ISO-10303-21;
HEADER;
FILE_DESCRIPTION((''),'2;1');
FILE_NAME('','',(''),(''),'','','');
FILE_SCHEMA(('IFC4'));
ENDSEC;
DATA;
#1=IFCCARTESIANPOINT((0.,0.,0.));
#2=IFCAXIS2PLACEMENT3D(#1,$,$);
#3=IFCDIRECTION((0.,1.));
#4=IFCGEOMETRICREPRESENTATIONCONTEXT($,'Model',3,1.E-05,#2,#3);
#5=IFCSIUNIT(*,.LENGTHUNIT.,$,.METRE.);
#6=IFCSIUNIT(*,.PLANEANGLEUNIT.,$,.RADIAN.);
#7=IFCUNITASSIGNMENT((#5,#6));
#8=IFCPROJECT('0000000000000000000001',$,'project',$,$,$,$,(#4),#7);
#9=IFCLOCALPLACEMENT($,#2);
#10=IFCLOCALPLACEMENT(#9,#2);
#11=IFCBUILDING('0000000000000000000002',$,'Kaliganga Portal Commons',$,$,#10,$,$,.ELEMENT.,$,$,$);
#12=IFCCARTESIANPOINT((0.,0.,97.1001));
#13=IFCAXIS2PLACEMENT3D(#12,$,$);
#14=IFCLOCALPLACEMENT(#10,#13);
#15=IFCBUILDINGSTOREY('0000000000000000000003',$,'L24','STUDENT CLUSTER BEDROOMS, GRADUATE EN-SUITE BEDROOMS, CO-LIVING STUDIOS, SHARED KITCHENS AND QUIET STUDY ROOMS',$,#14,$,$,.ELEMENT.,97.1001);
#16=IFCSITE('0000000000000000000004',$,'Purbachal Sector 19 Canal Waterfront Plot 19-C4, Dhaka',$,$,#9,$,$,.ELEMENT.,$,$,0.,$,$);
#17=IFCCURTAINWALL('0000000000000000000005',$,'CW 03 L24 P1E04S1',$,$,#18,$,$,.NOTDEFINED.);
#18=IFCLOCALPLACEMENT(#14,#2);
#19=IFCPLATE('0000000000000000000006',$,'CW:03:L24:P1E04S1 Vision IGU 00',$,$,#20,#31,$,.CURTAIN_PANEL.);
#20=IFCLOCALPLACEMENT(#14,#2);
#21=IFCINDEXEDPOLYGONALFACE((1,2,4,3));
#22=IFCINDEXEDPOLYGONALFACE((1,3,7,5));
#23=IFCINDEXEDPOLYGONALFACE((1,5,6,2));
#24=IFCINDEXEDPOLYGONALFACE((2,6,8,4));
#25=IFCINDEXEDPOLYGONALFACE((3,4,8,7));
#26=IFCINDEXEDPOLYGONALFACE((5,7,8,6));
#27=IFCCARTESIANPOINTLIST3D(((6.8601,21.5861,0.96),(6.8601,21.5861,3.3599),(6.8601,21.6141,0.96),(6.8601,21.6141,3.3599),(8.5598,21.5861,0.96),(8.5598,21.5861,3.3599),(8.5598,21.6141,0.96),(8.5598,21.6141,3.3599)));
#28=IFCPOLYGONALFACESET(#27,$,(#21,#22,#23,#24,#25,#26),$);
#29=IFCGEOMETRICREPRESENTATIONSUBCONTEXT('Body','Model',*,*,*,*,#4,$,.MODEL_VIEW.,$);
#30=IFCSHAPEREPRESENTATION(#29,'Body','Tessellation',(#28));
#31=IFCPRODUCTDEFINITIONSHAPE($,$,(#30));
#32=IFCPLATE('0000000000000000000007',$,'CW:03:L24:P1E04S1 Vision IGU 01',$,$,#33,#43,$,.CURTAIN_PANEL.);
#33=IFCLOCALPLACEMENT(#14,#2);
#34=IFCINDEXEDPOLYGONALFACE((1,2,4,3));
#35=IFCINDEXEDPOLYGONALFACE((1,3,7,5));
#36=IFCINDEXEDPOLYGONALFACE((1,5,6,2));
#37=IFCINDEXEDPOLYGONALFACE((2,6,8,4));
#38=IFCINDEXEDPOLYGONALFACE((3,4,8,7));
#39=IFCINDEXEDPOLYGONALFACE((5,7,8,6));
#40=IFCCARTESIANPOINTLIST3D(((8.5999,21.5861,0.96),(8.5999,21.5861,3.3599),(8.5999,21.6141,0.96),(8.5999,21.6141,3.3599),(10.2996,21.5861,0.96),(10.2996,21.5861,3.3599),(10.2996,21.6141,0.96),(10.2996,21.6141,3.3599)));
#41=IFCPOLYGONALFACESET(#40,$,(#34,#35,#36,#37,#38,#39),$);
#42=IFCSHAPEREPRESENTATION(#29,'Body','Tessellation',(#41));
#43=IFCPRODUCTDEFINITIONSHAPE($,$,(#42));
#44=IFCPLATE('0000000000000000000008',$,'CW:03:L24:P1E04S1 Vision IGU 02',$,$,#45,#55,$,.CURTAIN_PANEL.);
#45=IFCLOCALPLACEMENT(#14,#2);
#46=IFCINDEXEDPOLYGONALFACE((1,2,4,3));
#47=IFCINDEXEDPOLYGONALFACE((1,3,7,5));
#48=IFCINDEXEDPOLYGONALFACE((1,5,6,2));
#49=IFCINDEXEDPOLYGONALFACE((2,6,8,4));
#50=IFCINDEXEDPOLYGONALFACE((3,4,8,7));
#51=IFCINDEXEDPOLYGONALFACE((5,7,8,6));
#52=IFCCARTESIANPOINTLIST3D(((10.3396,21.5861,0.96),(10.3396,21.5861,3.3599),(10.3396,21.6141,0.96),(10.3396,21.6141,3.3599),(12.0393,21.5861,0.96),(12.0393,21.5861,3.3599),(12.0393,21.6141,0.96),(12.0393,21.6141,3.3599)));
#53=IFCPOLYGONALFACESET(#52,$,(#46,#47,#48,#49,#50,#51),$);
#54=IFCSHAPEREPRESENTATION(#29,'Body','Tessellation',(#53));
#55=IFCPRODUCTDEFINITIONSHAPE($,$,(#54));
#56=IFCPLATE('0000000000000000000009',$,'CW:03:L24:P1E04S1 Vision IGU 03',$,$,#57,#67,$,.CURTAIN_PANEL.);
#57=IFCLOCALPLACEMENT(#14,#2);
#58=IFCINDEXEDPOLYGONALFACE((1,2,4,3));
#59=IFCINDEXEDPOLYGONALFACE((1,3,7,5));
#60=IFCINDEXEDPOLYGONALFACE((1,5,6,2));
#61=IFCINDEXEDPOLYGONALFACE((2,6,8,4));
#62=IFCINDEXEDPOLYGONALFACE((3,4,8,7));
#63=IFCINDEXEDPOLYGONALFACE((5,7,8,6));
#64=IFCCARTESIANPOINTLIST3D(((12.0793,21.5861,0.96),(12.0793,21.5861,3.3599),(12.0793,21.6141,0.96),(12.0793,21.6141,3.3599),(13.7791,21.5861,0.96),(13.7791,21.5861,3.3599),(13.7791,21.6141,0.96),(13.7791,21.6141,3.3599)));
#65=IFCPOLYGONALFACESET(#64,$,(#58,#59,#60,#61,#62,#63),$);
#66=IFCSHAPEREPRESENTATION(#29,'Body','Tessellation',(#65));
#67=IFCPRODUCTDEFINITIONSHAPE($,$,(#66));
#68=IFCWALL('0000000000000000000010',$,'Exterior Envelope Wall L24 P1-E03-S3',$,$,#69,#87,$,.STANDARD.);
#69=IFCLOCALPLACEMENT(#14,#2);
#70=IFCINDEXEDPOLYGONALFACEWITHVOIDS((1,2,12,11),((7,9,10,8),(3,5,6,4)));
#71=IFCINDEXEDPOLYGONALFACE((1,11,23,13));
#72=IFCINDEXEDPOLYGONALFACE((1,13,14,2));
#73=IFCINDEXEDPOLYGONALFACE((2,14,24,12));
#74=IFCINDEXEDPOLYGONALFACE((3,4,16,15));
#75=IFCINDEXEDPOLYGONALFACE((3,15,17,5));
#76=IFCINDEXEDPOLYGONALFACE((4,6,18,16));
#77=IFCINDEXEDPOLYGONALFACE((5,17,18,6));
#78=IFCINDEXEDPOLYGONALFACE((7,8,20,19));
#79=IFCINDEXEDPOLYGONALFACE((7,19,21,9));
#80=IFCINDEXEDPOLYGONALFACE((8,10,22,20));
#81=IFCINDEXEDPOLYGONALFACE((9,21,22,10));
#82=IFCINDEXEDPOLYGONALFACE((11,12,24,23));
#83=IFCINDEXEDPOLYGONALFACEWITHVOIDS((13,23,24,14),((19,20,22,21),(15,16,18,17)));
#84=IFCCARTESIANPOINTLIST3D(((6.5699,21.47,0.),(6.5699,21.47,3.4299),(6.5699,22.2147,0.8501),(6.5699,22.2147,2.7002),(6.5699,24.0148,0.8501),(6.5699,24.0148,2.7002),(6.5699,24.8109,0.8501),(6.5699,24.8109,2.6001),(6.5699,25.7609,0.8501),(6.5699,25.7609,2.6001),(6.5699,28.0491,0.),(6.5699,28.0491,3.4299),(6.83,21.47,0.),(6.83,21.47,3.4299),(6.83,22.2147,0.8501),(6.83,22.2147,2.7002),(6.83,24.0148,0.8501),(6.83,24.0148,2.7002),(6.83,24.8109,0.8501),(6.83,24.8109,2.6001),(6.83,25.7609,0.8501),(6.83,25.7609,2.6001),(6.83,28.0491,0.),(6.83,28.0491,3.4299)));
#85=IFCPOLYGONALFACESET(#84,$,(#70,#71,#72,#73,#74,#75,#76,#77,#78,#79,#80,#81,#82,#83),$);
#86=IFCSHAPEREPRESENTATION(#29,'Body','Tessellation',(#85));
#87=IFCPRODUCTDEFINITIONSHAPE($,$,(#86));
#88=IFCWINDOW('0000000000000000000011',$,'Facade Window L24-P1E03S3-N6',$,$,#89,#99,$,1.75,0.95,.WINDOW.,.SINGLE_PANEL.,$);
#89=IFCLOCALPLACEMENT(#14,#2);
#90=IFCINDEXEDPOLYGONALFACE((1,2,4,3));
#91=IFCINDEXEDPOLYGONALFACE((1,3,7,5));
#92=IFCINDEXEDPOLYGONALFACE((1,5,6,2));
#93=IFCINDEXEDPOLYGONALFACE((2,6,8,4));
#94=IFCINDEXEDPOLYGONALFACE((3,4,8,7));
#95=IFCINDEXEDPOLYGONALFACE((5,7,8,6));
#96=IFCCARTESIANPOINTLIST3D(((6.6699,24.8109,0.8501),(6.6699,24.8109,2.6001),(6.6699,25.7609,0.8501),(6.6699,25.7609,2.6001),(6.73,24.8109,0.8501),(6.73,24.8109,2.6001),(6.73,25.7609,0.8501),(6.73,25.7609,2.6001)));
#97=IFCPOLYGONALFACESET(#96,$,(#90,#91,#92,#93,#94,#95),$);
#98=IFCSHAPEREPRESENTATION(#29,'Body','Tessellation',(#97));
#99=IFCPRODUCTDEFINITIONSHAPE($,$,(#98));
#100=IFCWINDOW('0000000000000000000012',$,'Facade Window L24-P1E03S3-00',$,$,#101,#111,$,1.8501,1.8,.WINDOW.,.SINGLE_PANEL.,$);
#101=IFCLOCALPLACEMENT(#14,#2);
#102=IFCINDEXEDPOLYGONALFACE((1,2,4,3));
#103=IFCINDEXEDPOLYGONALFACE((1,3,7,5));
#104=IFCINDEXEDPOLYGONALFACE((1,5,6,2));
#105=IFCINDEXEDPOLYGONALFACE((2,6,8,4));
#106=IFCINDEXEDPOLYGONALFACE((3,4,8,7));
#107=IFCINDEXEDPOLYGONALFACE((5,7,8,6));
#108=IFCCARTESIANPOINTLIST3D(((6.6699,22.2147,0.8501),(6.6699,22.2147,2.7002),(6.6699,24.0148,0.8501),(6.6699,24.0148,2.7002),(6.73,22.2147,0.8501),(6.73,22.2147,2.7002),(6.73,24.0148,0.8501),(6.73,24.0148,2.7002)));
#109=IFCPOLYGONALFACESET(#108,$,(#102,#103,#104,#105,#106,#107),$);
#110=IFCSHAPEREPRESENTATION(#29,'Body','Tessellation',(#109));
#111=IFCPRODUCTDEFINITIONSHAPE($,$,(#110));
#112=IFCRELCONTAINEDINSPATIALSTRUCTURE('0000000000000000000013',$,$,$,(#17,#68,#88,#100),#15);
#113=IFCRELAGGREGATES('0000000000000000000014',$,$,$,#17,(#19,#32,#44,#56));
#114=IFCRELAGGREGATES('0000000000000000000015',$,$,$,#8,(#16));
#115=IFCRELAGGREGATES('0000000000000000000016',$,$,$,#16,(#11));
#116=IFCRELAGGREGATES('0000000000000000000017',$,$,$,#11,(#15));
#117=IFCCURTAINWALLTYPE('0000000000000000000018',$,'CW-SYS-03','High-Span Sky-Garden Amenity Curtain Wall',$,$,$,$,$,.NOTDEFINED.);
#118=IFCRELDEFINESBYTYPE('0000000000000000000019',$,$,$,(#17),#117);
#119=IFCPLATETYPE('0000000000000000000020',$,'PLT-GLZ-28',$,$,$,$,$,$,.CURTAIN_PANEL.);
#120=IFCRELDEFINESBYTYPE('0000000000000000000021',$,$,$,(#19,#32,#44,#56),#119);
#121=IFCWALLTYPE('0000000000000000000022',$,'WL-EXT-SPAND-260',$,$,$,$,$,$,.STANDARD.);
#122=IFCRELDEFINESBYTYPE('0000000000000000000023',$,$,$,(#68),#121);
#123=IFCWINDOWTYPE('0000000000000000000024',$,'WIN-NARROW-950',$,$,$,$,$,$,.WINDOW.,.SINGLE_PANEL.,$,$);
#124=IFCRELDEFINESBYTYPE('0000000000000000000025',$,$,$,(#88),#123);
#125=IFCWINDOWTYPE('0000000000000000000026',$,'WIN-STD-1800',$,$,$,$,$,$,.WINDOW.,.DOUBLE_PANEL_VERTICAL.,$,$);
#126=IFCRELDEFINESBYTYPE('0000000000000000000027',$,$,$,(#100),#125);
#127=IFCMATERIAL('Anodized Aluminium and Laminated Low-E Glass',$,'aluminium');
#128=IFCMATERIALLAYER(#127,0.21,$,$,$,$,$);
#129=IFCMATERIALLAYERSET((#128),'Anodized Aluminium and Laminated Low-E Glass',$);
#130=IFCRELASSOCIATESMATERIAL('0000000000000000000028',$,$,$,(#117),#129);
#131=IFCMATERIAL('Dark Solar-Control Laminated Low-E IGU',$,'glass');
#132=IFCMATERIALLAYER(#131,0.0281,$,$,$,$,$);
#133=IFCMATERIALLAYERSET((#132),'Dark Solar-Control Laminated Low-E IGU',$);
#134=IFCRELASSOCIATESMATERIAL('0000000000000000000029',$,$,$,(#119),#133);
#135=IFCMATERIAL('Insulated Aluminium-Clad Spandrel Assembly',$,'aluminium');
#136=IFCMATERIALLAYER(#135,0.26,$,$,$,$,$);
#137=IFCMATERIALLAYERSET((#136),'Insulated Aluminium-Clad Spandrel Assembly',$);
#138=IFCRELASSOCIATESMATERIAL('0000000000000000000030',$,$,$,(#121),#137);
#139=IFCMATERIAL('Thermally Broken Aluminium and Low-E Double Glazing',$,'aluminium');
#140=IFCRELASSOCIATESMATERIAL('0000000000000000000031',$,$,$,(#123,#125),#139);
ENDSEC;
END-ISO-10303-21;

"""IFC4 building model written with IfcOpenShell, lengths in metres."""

from ifc_helpers import new_model, si_unit, direction, frame, frame_2d, origin, origin_2d, place, context, subcontext, project, spatial, rectangle, extrude, source, transform, mapped, material, layer, layer_set, type_object, element, fill, aggregate, save


model = new_model("IFC4")

# Units and contexts
model_context = context("Model", 3, precision=1e-05, world=origin(), true_north=direction((0.0, 1.0)))
body_context = subcontext(model_context, "Body", "Model", "MODEL_VIEW")
ifc_project = project(units=[si_unit("LENGTHUNIT", "METRE"), si_unit("PLANEANGLEUNIT", "RADIAN")], contexts=[model_context])

# Site, building, storey
site_placement = place(None, origin())
site = spatial("IfcSite", under=ifc_project, at=site_placement, Name="Purbachal Sector 19 Canal Waterfront Plot 19-C4, Dhaka", CompositionType="ELEMENT", RefElevation=0.0)
building_placement = place(site_placement, origin())
building = spatial("IfcBuilding", under=site, at=building_placement, Name="Kaliganga Portal Commons", CompositionType="ELEMENT")
storey_placement = place(building_placement, frame((0.0, 0.0, 97.1001)))
storey = spatial("IfcBuildingStorey", under=building, at=storey_placement, Name="L24", Description="STUDENT CLUSTER BEDROOMS, GRADUATE EN-SUITE BEDROOMS, CO-LIVING STUDIOS, SHARED KITCHENS AND QUIET STUDY ROOMS", CompositionType="ELEMENT", Elevation=97.1001)

# Curtain wall
ifc_material_1 = material(Name="Anodized Aluminium and Laminated Low-E Glass", Category="aluminium")
ifc_layer_1 = layer(ifc_material_1, 0.21)
ifc_layer_set_1 = layer_set([ifc_layer_1], Name="Anodized Aluminium and Laminated Low-E Glass")
curtain_wall_type = type_object("IfcCurtainWallType", Name="CW-SYS-03", Description="High-Span Sky-Garden Amenity Curtain Wall", PredefinedType="NOTDEFINED", material=ifc_layer_set_1)
curtain_wall_placement = place(storey_placement, origin())
curtain_wall = element("IfcCurtainWall", 1, at=curtain_wall_placement, inside=storey, type_object=curtain_wall_type, Name="CW 03 L24 P1E04S1", PredefinedType="NOTDEFINED")

# Plates
ifc_material_2 = material(Name="Dark Solar-Control Laminated Low-E IGU", Category="glass")
ifc_layer_2 = layer(ifc_material_2, 0.0281)
ifc_layer_set_2 = layer_set([ifc_layer_2], Name="Dark Solar-Control Laminated Low-E IGU")
plate_type_1 = type_object("IfcPlateType", Name="PLT-GLZ-28", PredefinedType="CURTAIN_PANEL", material=ifc_layer_set_2)
shared_shape_1 = source(origin(), body_context, "Body", "SweptSolid", [
    extrude(rectangle(XDim=1.6997, YDim=0.0281, at=origin_2d()), origin(), (0.0, 0.0, 1.0), 2.3999),
])
plate_1_placement = place(storey_placement, frame((7.71, 21.6001, 0.96), z_axis=(0.0, 0.0, 1.0), x_axis=(1.0, 0.0, 0.0)))
plate_1 = element("IfcPlate", 2, at=plate_1_placement, type_object=plate_type_1, Name="CW:03:L24:P1E04S1 Vision IGU 00", PredefinedType="CURTAIN_PANEL", context=body_context, shape_type="MappedRepresentation", body=[
    mapped(shared_shape_1, transform((0.0, 0.0, 0.0), x_axis=(1.0, 0.0, 0.0), y_axis=(0.0, 1.0, 0.0), z_axis=(0.0, 0.0, 1.0), scale=1.0)),
])
plate_2_placement = place(storey_placement, frame((9.4497, 21.6001, 0.96), z_axis=(0.0, 0.0, 1.0), x_axis=(1.0, 0.0, 0.0)))
plate_2 = element("IfcPlate", 3, at=plate_2_placement, type_object=plate_type_1, Name="CW:03:L24:P1E04S1 Vision IGU 01", PredefinedType="CURTAIN_PANEL", context=body_context, shape_type="MappedRepresentation", body=[
    mapped(shared_shape_1, transform((0.0, 0.0, 0.0), x_axis=(1.0, 0.0, 0.0), y_axis=(0.0, 1.0, 0.0), z_axis=(0.0, 0.0, 1.0), scale=1.0)),
])
plate_3_placement = place(storey_placement, frame((11.1895, 21.6001, 0.96), z_axis=(0.0, 0.0, 1.0), x_axis=(1.0, 0.0, 0.0)))
plate_3 = element("IfcPlate", 4, at=plate_3_placement, type_object=plate_type_1, Name="CW:03:L24:P1E04S1 Vision IGU 02", PredefinedType="CURTAIN_PANEL", context=body_context, shape_type="MappedRepresentation", body=[
    mapped(shared_shape_1, transform((0.0, 0.0, 0.0), x_axis=(1.0, 0.0, 0.0), y_axis=(0.0, 1.0, 0.0), z_axis=(0.0, 0.0, 1.0), scale=1.0)),
])
plate_4_placement = place(storey_placement, frame((12.9292, 21.6001, 0.96), z_axis=(0.0, 0.0, 1.0), x_axis=(1.0, 0.0, 0.0)))
plate_4 = element("IfcPlate", 5, at=plate_4_placement, type_object=plate_type_1, Name="CW:03:L24:P1E04S1 Vision IGU 03", PredefinedType="CURTAIN_PANEL", context=body_context, shape_type="MappedRepresentation", body=[
    mapped(shared_shape_1, transform((0.0, 0.0, 0.0), x_axis=(1.0, 0.0, 0.0), y_axis=(0.0, 1.0, 0.0), z_axis=(0.0, 0.0, 1.0), scale=1.0)),
])
aggregate(curtain_wall, [plate_1, plate_2, plate_3, plate_4])

# Wall, openings, windows
ifc_material_3 = material(Name="Insulated Aluminium-Clad Spandrel Assembly", Category="aluminium")
ifc_layer_3 = layer(ifc_material_3, 0.26)
ifc_layer_set_3 = layer_set([ifc_layer_3], Name="Insulated Aluminium-Clad Spandrel Assembly")
wall_type = type_object("IfcWallType", Name="WL-EXT-SPAND-260", PredefinedType="STANDARD", material=ifc_layer_set_3)
wall_placement = place(storey_placement, frame((6.7, 21.47, 0.0), z_axis=(0.0, 0.0, 1.0), x_axis=(0.0, 1.0, 0.0)))
wall = element("IfcWall", 6, at=wall_placement, inside=storey, type_object=wall_type, Name="Exterior Envelope Wall L24 P1-E03-S3", PredefinedType="STANDARD", context=body_context, shape_type="SweptSolid", body=[
    extrude(rectangle(XDim=6.5791, YDim=0.26, at=frame_2d((3.2896, 0.0))), origin(), (0.0, 0.0, 1.0), 3.4299),
])
opening_1_placement = place(wall_placement, frame((0.7449, 0.0, 0.8501)))
opening_1 = element("IfcOpeningElement", 7, at=opening_1_placement, cuts=wall, PredefinedType="OPENING", context=body_context, shape_type="SweptSolid", body=[
    extrude(rectangle(XDim=1.8, YDim=1.8501, at=frame_2d((0.8999, 0.925))), frame((0.0, 0.1401, 0.0), z_axis=(0.0, -1.0, 0.0), x_axis=(1.0, 0.0, 0.0)), (0.0, 0.0, 1.0), 0.28),
])
opening_2_placement = place(wall_placement, frame((3.3408, 0.0, 0.8501)))
opening_2 = element("IfcOpeningElement", 8, at=opening_2_placement, cuts=wall, PredefinedType="OPENING", context=body_context, shape_type="SweptSolid", body=[
    extrude(rectangle(XDim=0.95, YDim=1.75, at=frame_2d((0.4751, 0.875))), frame((0.0, 0.1401, 0.0), z_axis=(0.0, -1.0, 0.0), x_axis=(1.0, 0.0, 0.0)), (0.0, 0.0, 1.0), 0.28),
])
ifc_material_4 = material(Name="Thermally Broken Aluminium and Low-E Double Glazing", Category="aluminium")
window_type_1 = type_object("IfcWindowType", Name="WIN-NARROW-950", PartitioningType="SINGLE_PANEL", PredefinedType="WINDOW", material=ifc_material_4)
window_1_placement = place(opening_2_placement, origin())
window_1 = element("IfcWindow", 9, at=window_1_placement, inside=storey, type_object=window_type_1, Name="Facade Window L24-P1E03S3-N6", OverallHeight=1.75, OverallWidth=0.95, PartitioningType="SINGLE_PANEL", PredefinedType="WINDOW", context=body_context, shape_type="SweptSolid", body=[
    extrude(rectangle(XDim=0.95, YDim=1.75, at=frame_2d((0.4751, 0.875))), frame((0.0, 0.03, 0.0), z_axis=(0.0, -1.0, 0.0), x_axis=(1.0, 0.0, 0.0)), (0.0, 0.0, 1.0), 0.0601),
])
fill(opening_2, window_1)
window_type_2 = type_object("IfcWindowType", Name="WIN-STD-1800", PartitioningType="DOUBLE_PANEL_VERTICAL", PredefinedType="WINDOW", material=ifc_material_4)
window_2_placement = place(opening_1_placement, origin())
window_2 = element("IfcWindow", 10, at=window_2_placement, inside=storey, type_object=window_type_2, Name="Facade Window L24-P1E03S3-00", OverallHeight=1.8501, OverallWidth=1.8, PartitioningType="SINGLE_PANEL", PredefinedType="WINDOW", context=body_context, shape_type="SweptSolid", body=[
    extrude(rectangle(XDim=1.8, YDim=1.8501, at=frame_2d((0.8999, 0.925))), frame((0.0, 0.03, 0.0), z_axis=(0.0, -1.0, 0.0), x_axis=(1.0, 0.0, 0.0)), (0.0, 0.0, 1.0), 0.0601),
])
fill(opening_1, window_2)

save(model, "model.ifc")
